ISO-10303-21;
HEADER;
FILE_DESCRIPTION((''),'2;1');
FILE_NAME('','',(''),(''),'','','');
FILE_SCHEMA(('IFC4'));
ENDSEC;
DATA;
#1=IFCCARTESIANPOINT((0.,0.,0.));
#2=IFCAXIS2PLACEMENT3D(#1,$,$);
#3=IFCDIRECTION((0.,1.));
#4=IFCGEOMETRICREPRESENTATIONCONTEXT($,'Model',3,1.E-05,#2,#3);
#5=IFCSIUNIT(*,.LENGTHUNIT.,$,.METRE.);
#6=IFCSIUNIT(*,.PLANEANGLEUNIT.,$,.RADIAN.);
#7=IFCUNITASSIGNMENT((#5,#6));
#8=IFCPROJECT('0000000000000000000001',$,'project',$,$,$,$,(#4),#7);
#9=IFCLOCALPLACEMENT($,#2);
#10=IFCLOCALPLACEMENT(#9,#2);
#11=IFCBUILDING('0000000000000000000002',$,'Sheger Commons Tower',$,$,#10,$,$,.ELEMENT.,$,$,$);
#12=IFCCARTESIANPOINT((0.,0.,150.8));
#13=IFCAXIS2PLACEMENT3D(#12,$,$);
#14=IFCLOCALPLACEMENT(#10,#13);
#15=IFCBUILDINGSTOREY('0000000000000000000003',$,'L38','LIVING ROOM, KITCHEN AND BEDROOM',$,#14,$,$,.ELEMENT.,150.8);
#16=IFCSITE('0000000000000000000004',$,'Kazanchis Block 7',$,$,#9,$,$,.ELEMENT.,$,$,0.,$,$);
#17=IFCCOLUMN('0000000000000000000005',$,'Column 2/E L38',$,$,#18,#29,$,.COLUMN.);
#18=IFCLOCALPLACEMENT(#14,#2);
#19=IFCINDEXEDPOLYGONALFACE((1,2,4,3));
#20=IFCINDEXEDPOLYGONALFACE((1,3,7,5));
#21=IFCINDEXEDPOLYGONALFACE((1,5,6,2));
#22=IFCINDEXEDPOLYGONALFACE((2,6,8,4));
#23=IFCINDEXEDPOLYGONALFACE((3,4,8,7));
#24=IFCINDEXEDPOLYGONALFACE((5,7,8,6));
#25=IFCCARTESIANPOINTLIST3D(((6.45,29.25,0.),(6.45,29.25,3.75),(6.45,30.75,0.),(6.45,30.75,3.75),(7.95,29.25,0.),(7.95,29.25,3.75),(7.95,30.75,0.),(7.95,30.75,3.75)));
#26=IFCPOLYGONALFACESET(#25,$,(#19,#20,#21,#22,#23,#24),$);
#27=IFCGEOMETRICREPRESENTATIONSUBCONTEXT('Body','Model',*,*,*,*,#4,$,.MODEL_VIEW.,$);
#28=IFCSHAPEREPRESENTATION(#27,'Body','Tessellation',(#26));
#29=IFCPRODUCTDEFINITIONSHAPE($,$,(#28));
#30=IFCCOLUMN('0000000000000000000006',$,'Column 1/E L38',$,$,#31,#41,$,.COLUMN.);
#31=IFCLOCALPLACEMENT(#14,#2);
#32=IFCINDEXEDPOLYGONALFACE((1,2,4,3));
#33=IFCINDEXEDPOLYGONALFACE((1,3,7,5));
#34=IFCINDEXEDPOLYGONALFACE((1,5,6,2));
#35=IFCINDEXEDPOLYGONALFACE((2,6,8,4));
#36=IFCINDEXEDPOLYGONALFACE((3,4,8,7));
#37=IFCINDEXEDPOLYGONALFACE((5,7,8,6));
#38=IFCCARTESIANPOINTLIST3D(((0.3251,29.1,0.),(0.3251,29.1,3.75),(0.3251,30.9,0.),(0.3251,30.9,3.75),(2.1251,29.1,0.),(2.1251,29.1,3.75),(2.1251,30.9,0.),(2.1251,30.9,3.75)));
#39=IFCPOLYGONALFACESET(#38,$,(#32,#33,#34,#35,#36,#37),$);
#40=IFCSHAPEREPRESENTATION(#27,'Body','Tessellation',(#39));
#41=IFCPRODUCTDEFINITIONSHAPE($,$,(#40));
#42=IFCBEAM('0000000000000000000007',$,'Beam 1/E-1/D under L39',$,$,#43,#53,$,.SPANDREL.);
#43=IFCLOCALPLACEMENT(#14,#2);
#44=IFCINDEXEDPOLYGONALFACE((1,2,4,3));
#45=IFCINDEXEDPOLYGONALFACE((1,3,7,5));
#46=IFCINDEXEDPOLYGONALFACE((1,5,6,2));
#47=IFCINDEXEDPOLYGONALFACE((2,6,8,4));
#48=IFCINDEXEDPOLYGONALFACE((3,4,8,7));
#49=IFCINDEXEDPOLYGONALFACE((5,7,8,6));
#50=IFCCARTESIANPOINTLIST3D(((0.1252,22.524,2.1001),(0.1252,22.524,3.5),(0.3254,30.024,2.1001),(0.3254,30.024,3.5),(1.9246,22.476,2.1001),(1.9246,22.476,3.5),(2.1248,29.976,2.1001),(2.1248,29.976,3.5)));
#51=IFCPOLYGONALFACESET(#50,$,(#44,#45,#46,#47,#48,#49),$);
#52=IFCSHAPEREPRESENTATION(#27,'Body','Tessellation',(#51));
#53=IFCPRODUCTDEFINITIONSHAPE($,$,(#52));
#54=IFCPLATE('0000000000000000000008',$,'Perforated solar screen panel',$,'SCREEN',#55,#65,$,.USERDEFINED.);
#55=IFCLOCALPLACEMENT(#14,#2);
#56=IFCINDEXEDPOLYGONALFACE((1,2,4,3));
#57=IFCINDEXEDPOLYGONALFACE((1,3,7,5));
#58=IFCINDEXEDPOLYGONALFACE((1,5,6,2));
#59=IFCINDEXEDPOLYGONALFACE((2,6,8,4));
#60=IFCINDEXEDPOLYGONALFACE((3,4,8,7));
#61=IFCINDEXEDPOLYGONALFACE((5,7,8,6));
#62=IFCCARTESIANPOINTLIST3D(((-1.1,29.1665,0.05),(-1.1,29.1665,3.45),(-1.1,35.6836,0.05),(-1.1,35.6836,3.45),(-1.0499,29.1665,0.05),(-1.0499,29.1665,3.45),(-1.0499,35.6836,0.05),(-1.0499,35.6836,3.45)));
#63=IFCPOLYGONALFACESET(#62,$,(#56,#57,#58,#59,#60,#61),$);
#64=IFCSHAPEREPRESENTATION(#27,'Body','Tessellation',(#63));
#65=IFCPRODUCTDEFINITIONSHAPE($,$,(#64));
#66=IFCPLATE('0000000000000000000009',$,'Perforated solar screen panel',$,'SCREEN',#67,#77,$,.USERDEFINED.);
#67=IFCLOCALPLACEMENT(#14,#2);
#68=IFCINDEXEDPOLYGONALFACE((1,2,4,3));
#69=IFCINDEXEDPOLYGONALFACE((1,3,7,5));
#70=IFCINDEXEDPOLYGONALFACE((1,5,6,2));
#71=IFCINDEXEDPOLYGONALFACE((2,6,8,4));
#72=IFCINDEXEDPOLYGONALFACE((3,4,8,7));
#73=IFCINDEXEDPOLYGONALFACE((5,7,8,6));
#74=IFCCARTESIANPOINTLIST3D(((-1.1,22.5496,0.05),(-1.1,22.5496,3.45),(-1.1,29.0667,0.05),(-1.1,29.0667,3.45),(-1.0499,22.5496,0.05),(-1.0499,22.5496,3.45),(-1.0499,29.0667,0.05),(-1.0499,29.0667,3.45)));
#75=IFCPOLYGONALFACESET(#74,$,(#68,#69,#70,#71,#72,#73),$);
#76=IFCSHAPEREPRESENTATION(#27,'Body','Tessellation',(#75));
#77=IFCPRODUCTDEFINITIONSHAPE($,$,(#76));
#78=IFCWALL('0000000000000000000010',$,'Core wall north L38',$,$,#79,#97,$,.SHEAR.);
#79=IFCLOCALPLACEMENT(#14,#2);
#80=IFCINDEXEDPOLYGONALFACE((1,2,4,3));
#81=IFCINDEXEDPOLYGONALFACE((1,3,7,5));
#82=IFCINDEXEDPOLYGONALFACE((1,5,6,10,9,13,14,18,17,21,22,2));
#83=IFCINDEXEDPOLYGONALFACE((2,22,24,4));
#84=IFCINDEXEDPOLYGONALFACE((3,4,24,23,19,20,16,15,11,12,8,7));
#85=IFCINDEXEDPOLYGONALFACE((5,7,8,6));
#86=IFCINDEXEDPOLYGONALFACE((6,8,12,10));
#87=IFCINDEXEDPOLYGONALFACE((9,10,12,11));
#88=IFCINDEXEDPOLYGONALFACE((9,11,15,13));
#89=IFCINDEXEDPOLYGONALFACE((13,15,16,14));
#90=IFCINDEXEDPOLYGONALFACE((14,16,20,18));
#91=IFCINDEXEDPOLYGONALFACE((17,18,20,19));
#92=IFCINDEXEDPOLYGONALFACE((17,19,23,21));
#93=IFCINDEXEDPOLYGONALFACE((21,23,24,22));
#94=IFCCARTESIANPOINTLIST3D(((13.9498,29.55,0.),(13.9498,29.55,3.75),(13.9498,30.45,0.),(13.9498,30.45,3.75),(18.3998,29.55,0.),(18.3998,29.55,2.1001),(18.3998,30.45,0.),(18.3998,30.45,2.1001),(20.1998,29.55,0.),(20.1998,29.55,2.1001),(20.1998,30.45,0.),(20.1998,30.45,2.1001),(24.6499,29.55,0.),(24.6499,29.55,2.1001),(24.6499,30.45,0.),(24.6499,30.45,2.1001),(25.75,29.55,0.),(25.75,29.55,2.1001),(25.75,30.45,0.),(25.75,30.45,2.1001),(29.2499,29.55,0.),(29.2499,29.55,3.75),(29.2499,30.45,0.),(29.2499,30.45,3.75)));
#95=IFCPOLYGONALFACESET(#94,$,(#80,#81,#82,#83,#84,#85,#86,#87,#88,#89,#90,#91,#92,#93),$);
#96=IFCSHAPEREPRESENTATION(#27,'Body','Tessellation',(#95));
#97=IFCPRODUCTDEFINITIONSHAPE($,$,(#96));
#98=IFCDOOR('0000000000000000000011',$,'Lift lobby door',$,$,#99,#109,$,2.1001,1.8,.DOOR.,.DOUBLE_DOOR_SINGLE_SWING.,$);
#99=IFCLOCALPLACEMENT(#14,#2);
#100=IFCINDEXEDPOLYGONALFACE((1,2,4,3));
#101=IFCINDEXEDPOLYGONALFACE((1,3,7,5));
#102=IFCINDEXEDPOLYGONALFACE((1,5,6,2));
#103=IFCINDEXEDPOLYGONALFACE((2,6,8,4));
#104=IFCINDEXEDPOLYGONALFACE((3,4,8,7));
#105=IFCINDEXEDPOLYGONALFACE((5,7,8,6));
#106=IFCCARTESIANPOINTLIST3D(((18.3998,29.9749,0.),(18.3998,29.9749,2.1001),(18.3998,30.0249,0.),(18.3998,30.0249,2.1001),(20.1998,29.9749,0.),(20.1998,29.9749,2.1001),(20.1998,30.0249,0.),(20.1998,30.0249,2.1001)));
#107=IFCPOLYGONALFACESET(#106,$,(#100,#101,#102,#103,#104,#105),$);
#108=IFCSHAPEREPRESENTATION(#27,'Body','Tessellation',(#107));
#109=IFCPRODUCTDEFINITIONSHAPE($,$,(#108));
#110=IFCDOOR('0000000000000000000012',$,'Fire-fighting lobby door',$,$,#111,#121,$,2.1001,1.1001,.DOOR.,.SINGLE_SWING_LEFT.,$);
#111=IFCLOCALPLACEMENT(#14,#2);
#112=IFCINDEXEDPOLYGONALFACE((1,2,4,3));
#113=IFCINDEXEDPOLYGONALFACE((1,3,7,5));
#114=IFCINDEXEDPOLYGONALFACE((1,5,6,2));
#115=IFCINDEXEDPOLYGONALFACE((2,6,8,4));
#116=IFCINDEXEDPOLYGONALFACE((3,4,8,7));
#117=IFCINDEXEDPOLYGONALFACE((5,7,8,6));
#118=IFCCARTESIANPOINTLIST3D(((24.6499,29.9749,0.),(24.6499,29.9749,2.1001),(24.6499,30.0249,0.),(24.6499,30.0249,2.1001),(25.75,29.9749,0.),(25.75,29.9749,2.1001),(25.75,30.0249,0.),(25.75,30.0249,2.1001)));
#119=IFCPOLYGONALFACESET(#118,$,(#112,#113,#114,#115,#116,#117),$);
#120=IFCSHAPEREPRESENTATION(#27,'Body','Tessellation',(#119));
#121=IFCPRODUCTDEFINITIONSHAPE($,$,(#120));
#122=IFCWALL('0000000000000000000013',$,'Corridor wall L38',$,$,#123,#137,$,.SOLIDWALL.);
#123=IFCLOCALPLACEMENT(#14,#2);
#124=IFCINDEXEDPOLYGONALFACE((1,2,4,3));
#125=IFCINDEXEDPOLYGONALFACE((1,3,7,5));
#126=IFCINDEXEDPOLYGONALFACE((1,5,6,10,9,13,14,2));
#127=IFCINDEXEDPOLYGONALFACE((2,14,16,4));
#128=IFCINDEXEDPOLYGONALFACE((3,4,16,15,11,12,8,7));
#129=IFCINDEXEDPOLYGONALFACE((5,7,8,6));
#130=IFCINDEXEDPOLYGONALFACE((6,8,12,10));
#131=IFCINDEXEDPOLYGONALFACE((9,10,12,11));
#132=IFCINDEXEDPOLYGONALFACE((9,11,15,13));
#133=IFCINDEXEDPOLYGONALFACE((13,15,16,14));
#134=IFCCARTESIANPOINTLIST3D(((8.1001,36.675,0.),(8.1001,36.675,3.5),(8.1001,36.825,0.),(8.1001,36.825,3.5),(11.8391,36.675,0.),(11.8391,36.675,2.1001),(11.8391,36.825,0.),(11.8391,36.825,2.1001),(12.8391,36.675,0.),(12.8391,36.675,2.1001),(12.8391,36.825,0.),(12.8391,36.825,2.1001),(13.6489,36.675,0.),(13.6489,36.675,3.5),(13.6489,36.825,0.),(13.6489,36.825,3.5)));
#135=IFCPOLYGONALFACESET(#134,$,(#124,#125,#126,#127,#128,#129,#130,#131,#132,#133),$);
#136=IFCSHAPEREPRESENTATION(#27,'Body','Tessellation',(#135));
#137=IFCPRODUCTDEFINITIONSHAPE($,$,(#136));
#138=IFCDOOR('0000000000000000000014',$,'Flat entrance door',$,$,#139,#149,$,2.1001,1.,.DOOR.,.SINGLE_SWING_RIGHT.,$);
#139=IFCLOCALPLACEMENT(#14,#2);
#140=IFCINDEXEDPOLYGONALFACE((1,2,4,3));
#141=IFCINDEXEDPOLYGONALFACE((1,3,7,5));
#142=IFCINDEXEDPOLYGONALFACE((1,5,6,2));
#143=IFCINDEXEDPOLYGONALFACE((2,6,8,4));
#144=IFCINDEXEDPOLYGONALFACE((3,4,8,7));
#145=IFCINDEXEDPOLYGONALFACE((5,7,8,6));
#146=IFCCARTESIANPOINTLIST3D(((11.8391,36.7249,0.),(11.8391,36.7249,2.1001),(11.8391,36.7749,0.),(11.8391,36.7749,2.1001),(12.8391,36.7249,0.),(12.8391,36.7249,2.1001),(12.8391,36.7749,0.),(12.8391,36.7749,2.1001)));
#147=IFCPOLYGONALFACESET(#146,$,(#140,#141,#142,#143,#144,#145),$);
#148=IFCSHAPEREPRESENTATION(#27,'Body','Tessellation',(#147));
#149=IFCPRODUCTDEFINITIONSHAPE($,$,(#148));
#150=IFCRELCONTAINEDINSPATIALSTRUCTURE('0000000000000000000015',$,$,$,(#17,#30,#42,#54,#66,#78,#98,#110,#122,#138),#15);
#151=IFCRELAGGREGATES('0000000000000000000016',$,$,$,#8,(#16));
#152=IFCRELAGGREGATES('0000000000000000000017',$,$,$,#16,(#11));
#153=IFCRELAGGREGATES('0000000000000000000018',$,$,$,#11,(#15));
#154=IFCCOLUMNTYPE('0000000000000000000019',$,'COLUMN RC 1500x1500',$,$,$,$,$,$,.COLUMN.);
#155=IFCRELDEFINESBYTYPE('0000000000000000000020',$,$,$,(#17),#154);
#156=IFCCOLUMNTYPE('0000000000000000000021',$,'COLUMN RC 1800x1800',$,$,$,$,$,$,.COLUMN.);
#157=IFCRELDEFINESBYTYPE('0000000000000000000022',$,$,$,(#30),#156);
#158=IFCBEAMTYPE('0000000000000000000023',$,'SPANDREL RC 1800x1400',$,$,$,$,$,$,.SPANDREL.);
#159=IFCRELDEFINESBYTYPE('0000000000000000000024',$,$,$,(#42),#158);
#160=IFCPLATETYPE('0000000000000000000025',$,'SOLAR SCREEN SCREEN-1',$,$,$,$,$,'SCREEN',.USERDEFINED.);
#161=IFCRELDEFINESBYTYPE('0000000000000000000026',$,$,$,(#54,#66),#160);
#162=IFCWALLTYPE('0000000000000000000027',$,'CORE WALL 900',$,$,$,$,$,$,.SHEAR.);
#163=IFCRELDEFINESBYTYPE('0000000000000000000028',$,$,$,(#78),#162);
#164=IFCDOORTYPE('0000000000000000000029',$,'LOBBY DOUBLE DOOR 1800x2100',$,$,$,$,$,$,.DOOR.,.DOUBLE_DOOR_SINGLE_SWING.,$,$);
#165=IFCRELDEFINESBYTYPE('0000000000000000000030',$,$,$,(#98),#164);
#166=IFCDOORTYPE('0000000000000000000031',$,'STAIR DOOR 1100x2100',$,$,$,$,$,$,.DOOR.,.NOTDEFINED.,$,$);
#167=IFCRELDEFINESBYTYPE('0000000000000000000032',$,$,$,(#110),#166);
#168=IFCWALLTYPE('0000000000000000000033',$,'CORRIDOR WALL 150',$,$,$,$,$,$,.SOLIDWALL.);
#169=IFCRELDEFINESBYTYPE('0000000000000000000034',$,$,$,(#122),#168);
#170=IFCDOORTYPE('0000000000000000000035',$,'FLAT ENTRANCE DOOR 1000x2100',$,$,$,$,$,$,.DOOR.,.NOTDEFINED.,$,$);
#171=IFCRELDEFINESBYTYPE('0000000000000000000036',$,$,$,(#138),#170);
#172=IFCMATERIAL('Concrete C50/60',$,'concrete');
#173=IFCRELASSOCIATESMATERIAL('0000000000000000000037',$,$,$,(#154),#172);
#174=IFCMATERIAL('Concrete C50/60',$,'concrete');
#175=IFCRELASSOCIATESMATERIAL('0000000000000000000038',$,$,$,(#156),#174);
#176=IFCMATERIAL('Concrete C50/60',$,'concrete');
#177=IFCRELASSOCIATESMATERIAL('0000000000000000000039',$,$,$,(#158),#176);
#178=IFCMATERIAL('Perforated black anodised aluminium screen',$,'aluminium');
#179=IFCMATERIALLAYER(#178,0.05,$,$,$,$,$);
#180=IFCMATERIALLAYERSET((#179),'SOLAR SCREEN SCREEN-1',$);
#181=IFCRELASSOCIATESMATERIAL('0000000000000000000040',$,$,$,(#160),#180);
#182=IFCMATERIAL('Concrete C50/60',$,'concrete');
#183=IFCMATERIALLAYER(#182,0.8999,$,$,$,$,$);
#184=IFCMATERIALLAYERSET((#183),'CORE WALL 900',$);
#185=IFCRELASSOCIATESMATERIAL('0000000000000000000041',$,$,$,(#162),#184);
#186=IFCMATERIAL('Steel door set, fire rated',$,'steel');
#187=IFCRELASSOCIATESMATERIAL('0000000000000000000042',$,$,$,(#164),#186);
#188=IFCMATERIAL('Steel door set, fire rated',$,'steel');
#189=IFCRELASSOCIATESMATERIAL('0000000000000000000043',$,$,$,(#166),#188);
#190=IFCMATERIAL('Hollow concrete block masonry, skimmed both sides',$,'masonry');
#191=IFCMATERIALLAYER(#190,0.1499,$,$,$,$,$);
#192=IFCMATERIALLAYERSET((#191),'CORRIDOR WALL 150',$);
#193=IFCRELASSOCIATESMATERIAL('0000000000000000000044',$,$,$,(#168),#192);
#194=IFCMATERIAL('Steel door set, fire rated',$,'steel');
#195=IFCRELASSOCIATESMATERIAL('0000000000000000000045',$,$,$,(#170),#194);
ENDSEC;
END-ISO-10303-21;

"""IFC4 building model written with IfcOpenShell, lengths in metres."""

from ifc_helpers import new_model, si_unit, direction, frame, frame_2d, origin, origin_2d, place, context, subcontext, project, spatial, rectangle, extrude, material, layer, layer_set, material_profile, profile_set, type_object, element, fill, save


model = new_model("IFC4")

# Units and contexts
model_context = context("Model", 3, precision=1e-05, world=origin(), true_north=direction((0.0, 1.0)))
body_context = subcontext(model_context, "Body", "Model", "MODEL_VIEW")
ifc_project = project(units=[si_unit("LENGTHUNIT", "METRE"), si_unit("PLANEANGLEUNIT", "RADIAN")], contexts=[model_context])

# Site, building, storey
site_placement = place(None, origin())
site = spatial("IfcSite", under=ifc_project, at=site_placement, Name="Kazanchis Block 7", CompositionType="ELEMENT", RefElevation=0.0)
building_placement = place(site_placement, origin())
building = spatial("IfcBuilding", under=site, at=building_placement, Name="Sheger Commons Tower", CompositionType="ELEMENT")
storey_placement = place(building_placement, frame((0.0, 0.0, 150.8)))
storey = spatial("IfcBuildingStorey", under=building, at=storey_placement, Name="L38", Description="LIVING ROOM, KITCHEN AND BEDROOM", CompositionType="ELEMENT", Elevation=150.8)

# Columns
ifc_material_1 = material(Name="Concrete C50/60", Category="concrete")
ifc_material_profile_1 = material_profile(ifc_material_1, rectangle(XDim=1.5, YDim=1.5, at=origin_2d()), Name="RC 1500x1500")
ifc_profile_set_1 = profile_set([ifc_material_profile_1], Name="Concrete C50/60")
column_type_1 = type_object("IfcColumnType", Name="COLUMN RC 1500x1500", PredefinedType="COLUMN", material=ifc_profile_set_1)
column_1_placement = place(storey_placement, frame((7.2, 30.0, 0.0), z_axis=(0.0, 0.0, 1.0), x_axis=(1.0, 0.0, 0.0)))
element("IfcColumn", 1, at=column_1_placement, inside=storey, type_object=column_type_1, Name="Column 2/E L38", PredefinedType="COLUMN", context=body_context, shape_type="SweptSolid", body=[
    extrude(rectangle(XDim=1.5, YDim=1.5, at=origin_2d()), origin(), (0.0, 0.0, 1.0), 3.75),
])
ifc_material_2 = material(Name="Concrete C50/60", Category="concrete")
ifc_material_profile_2 = material_profile(ifc_material_2, rectangle(XDim=1.8, YDim=1.8, at=origin_2d()), Name="RC 1800x1800")
ifc_profile_set_2 = profile_set([ifc_material_profile_2], Name="Concrete C50/60")
column_type_2 = type_object("IfcColumnType", Name="COLUMN RC 1800x1800", PredefinedType="COLUMN", material=ifc_profile_set_2)
column_2_placement = place(storey_placement, frame((1.2251, 30.0, 0.0), z_axis=(0.0, 0.0, 1.0), x_axis=(1.0, 0.0, 0.0)))
element("IfcColumn", 2, at=column_2_placement, inside=storey, type_object=column_type_2, Name="Column 1/E L38", PredefinedType="COLUMN", context=body_context, shape_type="SweptSolid", body=[
    extrude(rectangle(XDim=1.8, YDim=1.8, at=origin_2d()), origin(), (0.0, 0.0, 1.0), 3.75),
])

# Beam
ifc_material_3 = material(Name="Concrete C50/60", Category="concrete")
ifc_material_profile_3 = material_profile(ifc_material_3, rectangle(XDim=1.8, YDim=1.3999, at=origin_2d()), Name="RC 1800x1400")
ifc_profile_set_3 = profile_set([ifc_material_profile_3], Name="Concrete C50/60")
beam_type = type_object("IfcBeamType", Name="SPANDREL RC 1800x1400", PredefinedType="SPANDREL", material=ifc_profile_set_3)
beam_placement = place(storey_placement, frame((1.2251, 30.0, 2.8), z_axis=(-0.026683, -0.999644, 0.0), x_axis=(0.999644, -0.026683, 0.0)))
element("IfcBeam", 3, at=beam_placement, inside=storey, type_object=beam_type, Name="Beam 1/E-1/D under L39", PredefinedType="SPANDREL", context=body_context, shape_type="SweptSolid", body=[
    extrude(rectangle(XDim=1.8, YDim=1.3999, at=origin_2d()), origin(), (0.0, 0.0, 1.0), 7.5027),
])

# Plates
ifc_material_4 = material(Name="Perforated black anodised aluminium screen", Category="aluminium")
ifc_layer_1 = layer(ifc_material_4, 0.05)
ifc_layer_set_1 = layer_set([ifc_layer_1], Name="SOLAR SCREEN SCREEN-1")
plate_type = type_object("IfcPlateType", Name="SOLAR SCREEN SCREEN-1", ElementType="SCREEN", PredefinedType="USERDEFINED", material=ifc_layer_set_1)
for number, where, z_axis, x_axis, name in (
    (4, (-1.075, 32.425, 0.05), (0.0, 0.0, 1.0), (0.0, -1.0, 0.0), "Perforated solar screen panel"),
    (5, (-1.075, 25.8081, 0.05), (0.0, 0.0, 1.0), (0.0, -1.0, 0.0), "Perforated solar screen panel"),
):
    element("IfcPlate", number, at=place(storey_placement, frame(where, z_axis=z_axis, x_axis=x_axis)), inside=storey, type_object=plate_type, Name=name, ObjectType="SCREEN", PredefinedType="USERDEFINED", context=body_context, shape_type="SweptSolid", body=[
        extrude(rectangle(XDim=6.5171, YDim=0.05, at=origin_2d()), origin(), (0.0, 0.0, 1.0), 3.3999),
    ])

# Wall, openings, doors
ifc_material_5 = material(Name="Concrete C50/60", Category="concrete")
ifc_layer_2 = layer(ifc_material_5, 0.8999)
ifc_layer_set_2 = layer_set([ifc_layer_2], Name="CORE WALL 900")
wall_type_1 = type_object("IfcWallType", Name="CORE WALL 900", PredefinedType="SHEAR", material=ifc_layer_set_2)
wall_1_placement = place(storey_placement, frame((13.95, 30.0, 0.0), z_axis=(0.0, 0.0, 1.0), x_axis=(1.0, 0.0, 0.0)))
wall_1 = element("IfcWall", 6, at=wall_1_placement, inside=storey, type_object=wall_type_1, Name="Core wall north L38", PredefinedType="SHEAR", context=body_context, shape_type="SweptSolid", body=[
    extrude(rectangle(XDim=15.3, YDim=0.8999, at=frame_2d((7.6499, 0.0))), origin(), (0.0, 0.0, 1.0), 3.75),
])
opening_1_placement = place(wall_1_placement, frame((4.45, 0.0, 0.0)))
opening_1 = element("IfcOpeningElement", 7, at=opening_1_placement, cuts=wall_1, PredefinedType="OPENING", context=body_context, shape_type="SweptSolid", body=[
    extrude(rectangle(XDim=1.8, YDim=2.1001, at=frame_2d((0.8999, 1.05))), frame((0.0, 0.46, 0.0), z_axis=(0.0, -1.0, 0.0), x_axis=(1.0, 0.0, 0.0)), (0.0, 0.0, 1.0), 0.9199),
])
opening_2_placement = place(wall_1_placement, frame((10.7, 0.0, 0.0)))
opening_2 = element("IfcOpeningElement", 8, at=opening_2_placement, cuts=wall_1, PredefinedType="OPENING", context=body_context, shape_type="SweptSolid", body=[
    extrude(rectangle(XDim=1.1001, YDim=2.1001, at=frame_2d((0.55, 1.05))), frame((0.0, 0.46, 0.0), z_axis=(0.0, -1.0, 0.0), x_axis=(1.0, 0.0, 0.0)), (0.0, 0.0, 1.0), 0.9199),
])
ifc_material_6 = material(Name="Steel door set, fire rated", Category="steel")
door_type_1 = type_object("IfcDoorType", Name="LOBBY DOUBLE DOOR 1800x2100", OperationType="DOUBLE_DOOR_SINGLE_SWING", PredefinedType="DOOR", material=ifc_material_6)
door_1_placement = place(opening_1_placement, origin())
door_1 = element("IfcDoor", 9, at=door_1_placement, inside=storey, type_object=door_type_1, Name="Lift lobby door", OperationType="DOUBLE_DOOR_SINGLE_SWING", OverallHeight=2.1001, OverallWidth=1.8, PredefinedType="DOOR", context=body_context, shape_type="SweptSolid", body=[
    extrude(rectangle(XDim=1.8, YDim=2.1001, at=frame_2d((0.8999, 1.05))), frame((0.0, 0.0249, 0.0), z_axis=(0.0, -1.0, 0.0), x_axis=(1.0, 0.0, 0.0)), (0.0, 0.0, 1.0), 0.05),
])
fill(opening_1, door_1)
ifc_material_7 = material(Name="Steel door set, fire rated", Category="steel")
door_type_2 = type_object("IfcDoorType", Name="STAIR DOOR 1100x2100", OperationType="NOTDEFINED", PredefinedType="DOOR", material=ifc_material_7)
door_2_placement = place(opening_2_placement, origin())
door_2 = element("IfcDoor", 10, at=door_2_placement, inside=storey, type_object=door_type_2, Name="Fire-fighting lobby door", OperationType="SINGLE_SWING_LEFT", OverallHeight=2.1001, OverallWidth=1.1001, PredefinedType="DOOR", context=body_context, shape_type="SweptSolid", body=[
    extrude(rectangle(XDim=1.1001, YDim=2.1001, at=frame_2d((0.55, 1.05))), frame((0.0, 0.0249, 0.0), z_axis=(0.0, -1.0, 0.0), x_axis=(1.0, 0.0, 0.0)), (0.0, 0.0, 1.0), 0.05),
])
fill(opening_2, door_2)

# Wall, opening, door
ifc_material_8 = material(Name="Hollow concrete block masonry, skimmed both sides", Category="masonry")
ifc_layer_3 = layer(ifc_material_8, 0.1499)
ifc_layer_set_3 = layer_set([ifc_layer_3], Name="CORRIDOR WALL 150")
wall_type_2 = type_object("IfcWallType", Name="CORRIDOR WALL 150", PredefinedType="SOLIDWALL", material=ifc_layer_set_3)
wall_2_placement = place(storey_placement, frame((8.1001, 36.75, 0.0), z_axis=(0.0, 0.0, 1.0), x_axis=(1.0, 0.0, 0.0)))
wall_2 = element("IfcWall", 11, at=wall_2_placement, inside=storey, type_object=wall_type_2, Name="Corridor wall L38", PredefinedType="SOLIDWALL", context=body_context, shape_type="SweptSolid", body=[
    extrude(rectangle(XDim=5.5488, YDim=0.1499, at=frame_2d((2.7744, 0.0))), origin(), (0.0, 0.0, 1.0), 3.5),
])
opening_3_placement = place(wall_2_placement, frame((3.739, 0.0, 0.0)))
opening_3 = element("IfcOpeningElement", 12, at=opening_3_placement, cuts=wall_2, PredefinedType="OPENING", context=body_context, shape_type="SweptSolid", body=[
    extrude(rectangle(XDim=1.0, YDim=2.1001, at=frame_2d((0.5, 1.05))), frame((0.0, 0.085, 0.0), z_axis=(0.0, -1.0, 0.0), x_axis=(1.0, 0.0, 0.0)), (0.0, 0.0, 1.0), 0.1699),
])
ifc_material_9 = material(Name="Steel door set, fire rated", Category="steel")
door_type_3 = type_object("IfcDoorType", Name="FLAT ENTRANCE DOOR 1000x2100", OperationType="NOTDEFINED", PredefinedType="DOOR", material=ifc_material_9)
door_3_placement = place(opening_3_placement, origin())
door_3 = element("IfcDoor", 13, at=door_3_placement, inside=storey, type_object=door_type_3, Name="Flat entrance door", OperationType="SINGLE_SWING_RIGHT", OverallHeight=2.1001, OverallWidth=1.0, PredefinedType="DOOR", context=body_context, shape_type="SweptSolid", body=[
    extrude(rectangle(XDim=1.0, YDim=2.1001, at=frame_2d((0.5, 1.05))), frame((0.0, 0.0249, 0.0), z_axis=(0.0, -1.0, 0.0), x_axis=(1.0, 0.0, 0.0)), (0.0, 0.0, 1.0), 0.05),
])
fill(opening_3, door_3)

save(model, "model.ifc")
